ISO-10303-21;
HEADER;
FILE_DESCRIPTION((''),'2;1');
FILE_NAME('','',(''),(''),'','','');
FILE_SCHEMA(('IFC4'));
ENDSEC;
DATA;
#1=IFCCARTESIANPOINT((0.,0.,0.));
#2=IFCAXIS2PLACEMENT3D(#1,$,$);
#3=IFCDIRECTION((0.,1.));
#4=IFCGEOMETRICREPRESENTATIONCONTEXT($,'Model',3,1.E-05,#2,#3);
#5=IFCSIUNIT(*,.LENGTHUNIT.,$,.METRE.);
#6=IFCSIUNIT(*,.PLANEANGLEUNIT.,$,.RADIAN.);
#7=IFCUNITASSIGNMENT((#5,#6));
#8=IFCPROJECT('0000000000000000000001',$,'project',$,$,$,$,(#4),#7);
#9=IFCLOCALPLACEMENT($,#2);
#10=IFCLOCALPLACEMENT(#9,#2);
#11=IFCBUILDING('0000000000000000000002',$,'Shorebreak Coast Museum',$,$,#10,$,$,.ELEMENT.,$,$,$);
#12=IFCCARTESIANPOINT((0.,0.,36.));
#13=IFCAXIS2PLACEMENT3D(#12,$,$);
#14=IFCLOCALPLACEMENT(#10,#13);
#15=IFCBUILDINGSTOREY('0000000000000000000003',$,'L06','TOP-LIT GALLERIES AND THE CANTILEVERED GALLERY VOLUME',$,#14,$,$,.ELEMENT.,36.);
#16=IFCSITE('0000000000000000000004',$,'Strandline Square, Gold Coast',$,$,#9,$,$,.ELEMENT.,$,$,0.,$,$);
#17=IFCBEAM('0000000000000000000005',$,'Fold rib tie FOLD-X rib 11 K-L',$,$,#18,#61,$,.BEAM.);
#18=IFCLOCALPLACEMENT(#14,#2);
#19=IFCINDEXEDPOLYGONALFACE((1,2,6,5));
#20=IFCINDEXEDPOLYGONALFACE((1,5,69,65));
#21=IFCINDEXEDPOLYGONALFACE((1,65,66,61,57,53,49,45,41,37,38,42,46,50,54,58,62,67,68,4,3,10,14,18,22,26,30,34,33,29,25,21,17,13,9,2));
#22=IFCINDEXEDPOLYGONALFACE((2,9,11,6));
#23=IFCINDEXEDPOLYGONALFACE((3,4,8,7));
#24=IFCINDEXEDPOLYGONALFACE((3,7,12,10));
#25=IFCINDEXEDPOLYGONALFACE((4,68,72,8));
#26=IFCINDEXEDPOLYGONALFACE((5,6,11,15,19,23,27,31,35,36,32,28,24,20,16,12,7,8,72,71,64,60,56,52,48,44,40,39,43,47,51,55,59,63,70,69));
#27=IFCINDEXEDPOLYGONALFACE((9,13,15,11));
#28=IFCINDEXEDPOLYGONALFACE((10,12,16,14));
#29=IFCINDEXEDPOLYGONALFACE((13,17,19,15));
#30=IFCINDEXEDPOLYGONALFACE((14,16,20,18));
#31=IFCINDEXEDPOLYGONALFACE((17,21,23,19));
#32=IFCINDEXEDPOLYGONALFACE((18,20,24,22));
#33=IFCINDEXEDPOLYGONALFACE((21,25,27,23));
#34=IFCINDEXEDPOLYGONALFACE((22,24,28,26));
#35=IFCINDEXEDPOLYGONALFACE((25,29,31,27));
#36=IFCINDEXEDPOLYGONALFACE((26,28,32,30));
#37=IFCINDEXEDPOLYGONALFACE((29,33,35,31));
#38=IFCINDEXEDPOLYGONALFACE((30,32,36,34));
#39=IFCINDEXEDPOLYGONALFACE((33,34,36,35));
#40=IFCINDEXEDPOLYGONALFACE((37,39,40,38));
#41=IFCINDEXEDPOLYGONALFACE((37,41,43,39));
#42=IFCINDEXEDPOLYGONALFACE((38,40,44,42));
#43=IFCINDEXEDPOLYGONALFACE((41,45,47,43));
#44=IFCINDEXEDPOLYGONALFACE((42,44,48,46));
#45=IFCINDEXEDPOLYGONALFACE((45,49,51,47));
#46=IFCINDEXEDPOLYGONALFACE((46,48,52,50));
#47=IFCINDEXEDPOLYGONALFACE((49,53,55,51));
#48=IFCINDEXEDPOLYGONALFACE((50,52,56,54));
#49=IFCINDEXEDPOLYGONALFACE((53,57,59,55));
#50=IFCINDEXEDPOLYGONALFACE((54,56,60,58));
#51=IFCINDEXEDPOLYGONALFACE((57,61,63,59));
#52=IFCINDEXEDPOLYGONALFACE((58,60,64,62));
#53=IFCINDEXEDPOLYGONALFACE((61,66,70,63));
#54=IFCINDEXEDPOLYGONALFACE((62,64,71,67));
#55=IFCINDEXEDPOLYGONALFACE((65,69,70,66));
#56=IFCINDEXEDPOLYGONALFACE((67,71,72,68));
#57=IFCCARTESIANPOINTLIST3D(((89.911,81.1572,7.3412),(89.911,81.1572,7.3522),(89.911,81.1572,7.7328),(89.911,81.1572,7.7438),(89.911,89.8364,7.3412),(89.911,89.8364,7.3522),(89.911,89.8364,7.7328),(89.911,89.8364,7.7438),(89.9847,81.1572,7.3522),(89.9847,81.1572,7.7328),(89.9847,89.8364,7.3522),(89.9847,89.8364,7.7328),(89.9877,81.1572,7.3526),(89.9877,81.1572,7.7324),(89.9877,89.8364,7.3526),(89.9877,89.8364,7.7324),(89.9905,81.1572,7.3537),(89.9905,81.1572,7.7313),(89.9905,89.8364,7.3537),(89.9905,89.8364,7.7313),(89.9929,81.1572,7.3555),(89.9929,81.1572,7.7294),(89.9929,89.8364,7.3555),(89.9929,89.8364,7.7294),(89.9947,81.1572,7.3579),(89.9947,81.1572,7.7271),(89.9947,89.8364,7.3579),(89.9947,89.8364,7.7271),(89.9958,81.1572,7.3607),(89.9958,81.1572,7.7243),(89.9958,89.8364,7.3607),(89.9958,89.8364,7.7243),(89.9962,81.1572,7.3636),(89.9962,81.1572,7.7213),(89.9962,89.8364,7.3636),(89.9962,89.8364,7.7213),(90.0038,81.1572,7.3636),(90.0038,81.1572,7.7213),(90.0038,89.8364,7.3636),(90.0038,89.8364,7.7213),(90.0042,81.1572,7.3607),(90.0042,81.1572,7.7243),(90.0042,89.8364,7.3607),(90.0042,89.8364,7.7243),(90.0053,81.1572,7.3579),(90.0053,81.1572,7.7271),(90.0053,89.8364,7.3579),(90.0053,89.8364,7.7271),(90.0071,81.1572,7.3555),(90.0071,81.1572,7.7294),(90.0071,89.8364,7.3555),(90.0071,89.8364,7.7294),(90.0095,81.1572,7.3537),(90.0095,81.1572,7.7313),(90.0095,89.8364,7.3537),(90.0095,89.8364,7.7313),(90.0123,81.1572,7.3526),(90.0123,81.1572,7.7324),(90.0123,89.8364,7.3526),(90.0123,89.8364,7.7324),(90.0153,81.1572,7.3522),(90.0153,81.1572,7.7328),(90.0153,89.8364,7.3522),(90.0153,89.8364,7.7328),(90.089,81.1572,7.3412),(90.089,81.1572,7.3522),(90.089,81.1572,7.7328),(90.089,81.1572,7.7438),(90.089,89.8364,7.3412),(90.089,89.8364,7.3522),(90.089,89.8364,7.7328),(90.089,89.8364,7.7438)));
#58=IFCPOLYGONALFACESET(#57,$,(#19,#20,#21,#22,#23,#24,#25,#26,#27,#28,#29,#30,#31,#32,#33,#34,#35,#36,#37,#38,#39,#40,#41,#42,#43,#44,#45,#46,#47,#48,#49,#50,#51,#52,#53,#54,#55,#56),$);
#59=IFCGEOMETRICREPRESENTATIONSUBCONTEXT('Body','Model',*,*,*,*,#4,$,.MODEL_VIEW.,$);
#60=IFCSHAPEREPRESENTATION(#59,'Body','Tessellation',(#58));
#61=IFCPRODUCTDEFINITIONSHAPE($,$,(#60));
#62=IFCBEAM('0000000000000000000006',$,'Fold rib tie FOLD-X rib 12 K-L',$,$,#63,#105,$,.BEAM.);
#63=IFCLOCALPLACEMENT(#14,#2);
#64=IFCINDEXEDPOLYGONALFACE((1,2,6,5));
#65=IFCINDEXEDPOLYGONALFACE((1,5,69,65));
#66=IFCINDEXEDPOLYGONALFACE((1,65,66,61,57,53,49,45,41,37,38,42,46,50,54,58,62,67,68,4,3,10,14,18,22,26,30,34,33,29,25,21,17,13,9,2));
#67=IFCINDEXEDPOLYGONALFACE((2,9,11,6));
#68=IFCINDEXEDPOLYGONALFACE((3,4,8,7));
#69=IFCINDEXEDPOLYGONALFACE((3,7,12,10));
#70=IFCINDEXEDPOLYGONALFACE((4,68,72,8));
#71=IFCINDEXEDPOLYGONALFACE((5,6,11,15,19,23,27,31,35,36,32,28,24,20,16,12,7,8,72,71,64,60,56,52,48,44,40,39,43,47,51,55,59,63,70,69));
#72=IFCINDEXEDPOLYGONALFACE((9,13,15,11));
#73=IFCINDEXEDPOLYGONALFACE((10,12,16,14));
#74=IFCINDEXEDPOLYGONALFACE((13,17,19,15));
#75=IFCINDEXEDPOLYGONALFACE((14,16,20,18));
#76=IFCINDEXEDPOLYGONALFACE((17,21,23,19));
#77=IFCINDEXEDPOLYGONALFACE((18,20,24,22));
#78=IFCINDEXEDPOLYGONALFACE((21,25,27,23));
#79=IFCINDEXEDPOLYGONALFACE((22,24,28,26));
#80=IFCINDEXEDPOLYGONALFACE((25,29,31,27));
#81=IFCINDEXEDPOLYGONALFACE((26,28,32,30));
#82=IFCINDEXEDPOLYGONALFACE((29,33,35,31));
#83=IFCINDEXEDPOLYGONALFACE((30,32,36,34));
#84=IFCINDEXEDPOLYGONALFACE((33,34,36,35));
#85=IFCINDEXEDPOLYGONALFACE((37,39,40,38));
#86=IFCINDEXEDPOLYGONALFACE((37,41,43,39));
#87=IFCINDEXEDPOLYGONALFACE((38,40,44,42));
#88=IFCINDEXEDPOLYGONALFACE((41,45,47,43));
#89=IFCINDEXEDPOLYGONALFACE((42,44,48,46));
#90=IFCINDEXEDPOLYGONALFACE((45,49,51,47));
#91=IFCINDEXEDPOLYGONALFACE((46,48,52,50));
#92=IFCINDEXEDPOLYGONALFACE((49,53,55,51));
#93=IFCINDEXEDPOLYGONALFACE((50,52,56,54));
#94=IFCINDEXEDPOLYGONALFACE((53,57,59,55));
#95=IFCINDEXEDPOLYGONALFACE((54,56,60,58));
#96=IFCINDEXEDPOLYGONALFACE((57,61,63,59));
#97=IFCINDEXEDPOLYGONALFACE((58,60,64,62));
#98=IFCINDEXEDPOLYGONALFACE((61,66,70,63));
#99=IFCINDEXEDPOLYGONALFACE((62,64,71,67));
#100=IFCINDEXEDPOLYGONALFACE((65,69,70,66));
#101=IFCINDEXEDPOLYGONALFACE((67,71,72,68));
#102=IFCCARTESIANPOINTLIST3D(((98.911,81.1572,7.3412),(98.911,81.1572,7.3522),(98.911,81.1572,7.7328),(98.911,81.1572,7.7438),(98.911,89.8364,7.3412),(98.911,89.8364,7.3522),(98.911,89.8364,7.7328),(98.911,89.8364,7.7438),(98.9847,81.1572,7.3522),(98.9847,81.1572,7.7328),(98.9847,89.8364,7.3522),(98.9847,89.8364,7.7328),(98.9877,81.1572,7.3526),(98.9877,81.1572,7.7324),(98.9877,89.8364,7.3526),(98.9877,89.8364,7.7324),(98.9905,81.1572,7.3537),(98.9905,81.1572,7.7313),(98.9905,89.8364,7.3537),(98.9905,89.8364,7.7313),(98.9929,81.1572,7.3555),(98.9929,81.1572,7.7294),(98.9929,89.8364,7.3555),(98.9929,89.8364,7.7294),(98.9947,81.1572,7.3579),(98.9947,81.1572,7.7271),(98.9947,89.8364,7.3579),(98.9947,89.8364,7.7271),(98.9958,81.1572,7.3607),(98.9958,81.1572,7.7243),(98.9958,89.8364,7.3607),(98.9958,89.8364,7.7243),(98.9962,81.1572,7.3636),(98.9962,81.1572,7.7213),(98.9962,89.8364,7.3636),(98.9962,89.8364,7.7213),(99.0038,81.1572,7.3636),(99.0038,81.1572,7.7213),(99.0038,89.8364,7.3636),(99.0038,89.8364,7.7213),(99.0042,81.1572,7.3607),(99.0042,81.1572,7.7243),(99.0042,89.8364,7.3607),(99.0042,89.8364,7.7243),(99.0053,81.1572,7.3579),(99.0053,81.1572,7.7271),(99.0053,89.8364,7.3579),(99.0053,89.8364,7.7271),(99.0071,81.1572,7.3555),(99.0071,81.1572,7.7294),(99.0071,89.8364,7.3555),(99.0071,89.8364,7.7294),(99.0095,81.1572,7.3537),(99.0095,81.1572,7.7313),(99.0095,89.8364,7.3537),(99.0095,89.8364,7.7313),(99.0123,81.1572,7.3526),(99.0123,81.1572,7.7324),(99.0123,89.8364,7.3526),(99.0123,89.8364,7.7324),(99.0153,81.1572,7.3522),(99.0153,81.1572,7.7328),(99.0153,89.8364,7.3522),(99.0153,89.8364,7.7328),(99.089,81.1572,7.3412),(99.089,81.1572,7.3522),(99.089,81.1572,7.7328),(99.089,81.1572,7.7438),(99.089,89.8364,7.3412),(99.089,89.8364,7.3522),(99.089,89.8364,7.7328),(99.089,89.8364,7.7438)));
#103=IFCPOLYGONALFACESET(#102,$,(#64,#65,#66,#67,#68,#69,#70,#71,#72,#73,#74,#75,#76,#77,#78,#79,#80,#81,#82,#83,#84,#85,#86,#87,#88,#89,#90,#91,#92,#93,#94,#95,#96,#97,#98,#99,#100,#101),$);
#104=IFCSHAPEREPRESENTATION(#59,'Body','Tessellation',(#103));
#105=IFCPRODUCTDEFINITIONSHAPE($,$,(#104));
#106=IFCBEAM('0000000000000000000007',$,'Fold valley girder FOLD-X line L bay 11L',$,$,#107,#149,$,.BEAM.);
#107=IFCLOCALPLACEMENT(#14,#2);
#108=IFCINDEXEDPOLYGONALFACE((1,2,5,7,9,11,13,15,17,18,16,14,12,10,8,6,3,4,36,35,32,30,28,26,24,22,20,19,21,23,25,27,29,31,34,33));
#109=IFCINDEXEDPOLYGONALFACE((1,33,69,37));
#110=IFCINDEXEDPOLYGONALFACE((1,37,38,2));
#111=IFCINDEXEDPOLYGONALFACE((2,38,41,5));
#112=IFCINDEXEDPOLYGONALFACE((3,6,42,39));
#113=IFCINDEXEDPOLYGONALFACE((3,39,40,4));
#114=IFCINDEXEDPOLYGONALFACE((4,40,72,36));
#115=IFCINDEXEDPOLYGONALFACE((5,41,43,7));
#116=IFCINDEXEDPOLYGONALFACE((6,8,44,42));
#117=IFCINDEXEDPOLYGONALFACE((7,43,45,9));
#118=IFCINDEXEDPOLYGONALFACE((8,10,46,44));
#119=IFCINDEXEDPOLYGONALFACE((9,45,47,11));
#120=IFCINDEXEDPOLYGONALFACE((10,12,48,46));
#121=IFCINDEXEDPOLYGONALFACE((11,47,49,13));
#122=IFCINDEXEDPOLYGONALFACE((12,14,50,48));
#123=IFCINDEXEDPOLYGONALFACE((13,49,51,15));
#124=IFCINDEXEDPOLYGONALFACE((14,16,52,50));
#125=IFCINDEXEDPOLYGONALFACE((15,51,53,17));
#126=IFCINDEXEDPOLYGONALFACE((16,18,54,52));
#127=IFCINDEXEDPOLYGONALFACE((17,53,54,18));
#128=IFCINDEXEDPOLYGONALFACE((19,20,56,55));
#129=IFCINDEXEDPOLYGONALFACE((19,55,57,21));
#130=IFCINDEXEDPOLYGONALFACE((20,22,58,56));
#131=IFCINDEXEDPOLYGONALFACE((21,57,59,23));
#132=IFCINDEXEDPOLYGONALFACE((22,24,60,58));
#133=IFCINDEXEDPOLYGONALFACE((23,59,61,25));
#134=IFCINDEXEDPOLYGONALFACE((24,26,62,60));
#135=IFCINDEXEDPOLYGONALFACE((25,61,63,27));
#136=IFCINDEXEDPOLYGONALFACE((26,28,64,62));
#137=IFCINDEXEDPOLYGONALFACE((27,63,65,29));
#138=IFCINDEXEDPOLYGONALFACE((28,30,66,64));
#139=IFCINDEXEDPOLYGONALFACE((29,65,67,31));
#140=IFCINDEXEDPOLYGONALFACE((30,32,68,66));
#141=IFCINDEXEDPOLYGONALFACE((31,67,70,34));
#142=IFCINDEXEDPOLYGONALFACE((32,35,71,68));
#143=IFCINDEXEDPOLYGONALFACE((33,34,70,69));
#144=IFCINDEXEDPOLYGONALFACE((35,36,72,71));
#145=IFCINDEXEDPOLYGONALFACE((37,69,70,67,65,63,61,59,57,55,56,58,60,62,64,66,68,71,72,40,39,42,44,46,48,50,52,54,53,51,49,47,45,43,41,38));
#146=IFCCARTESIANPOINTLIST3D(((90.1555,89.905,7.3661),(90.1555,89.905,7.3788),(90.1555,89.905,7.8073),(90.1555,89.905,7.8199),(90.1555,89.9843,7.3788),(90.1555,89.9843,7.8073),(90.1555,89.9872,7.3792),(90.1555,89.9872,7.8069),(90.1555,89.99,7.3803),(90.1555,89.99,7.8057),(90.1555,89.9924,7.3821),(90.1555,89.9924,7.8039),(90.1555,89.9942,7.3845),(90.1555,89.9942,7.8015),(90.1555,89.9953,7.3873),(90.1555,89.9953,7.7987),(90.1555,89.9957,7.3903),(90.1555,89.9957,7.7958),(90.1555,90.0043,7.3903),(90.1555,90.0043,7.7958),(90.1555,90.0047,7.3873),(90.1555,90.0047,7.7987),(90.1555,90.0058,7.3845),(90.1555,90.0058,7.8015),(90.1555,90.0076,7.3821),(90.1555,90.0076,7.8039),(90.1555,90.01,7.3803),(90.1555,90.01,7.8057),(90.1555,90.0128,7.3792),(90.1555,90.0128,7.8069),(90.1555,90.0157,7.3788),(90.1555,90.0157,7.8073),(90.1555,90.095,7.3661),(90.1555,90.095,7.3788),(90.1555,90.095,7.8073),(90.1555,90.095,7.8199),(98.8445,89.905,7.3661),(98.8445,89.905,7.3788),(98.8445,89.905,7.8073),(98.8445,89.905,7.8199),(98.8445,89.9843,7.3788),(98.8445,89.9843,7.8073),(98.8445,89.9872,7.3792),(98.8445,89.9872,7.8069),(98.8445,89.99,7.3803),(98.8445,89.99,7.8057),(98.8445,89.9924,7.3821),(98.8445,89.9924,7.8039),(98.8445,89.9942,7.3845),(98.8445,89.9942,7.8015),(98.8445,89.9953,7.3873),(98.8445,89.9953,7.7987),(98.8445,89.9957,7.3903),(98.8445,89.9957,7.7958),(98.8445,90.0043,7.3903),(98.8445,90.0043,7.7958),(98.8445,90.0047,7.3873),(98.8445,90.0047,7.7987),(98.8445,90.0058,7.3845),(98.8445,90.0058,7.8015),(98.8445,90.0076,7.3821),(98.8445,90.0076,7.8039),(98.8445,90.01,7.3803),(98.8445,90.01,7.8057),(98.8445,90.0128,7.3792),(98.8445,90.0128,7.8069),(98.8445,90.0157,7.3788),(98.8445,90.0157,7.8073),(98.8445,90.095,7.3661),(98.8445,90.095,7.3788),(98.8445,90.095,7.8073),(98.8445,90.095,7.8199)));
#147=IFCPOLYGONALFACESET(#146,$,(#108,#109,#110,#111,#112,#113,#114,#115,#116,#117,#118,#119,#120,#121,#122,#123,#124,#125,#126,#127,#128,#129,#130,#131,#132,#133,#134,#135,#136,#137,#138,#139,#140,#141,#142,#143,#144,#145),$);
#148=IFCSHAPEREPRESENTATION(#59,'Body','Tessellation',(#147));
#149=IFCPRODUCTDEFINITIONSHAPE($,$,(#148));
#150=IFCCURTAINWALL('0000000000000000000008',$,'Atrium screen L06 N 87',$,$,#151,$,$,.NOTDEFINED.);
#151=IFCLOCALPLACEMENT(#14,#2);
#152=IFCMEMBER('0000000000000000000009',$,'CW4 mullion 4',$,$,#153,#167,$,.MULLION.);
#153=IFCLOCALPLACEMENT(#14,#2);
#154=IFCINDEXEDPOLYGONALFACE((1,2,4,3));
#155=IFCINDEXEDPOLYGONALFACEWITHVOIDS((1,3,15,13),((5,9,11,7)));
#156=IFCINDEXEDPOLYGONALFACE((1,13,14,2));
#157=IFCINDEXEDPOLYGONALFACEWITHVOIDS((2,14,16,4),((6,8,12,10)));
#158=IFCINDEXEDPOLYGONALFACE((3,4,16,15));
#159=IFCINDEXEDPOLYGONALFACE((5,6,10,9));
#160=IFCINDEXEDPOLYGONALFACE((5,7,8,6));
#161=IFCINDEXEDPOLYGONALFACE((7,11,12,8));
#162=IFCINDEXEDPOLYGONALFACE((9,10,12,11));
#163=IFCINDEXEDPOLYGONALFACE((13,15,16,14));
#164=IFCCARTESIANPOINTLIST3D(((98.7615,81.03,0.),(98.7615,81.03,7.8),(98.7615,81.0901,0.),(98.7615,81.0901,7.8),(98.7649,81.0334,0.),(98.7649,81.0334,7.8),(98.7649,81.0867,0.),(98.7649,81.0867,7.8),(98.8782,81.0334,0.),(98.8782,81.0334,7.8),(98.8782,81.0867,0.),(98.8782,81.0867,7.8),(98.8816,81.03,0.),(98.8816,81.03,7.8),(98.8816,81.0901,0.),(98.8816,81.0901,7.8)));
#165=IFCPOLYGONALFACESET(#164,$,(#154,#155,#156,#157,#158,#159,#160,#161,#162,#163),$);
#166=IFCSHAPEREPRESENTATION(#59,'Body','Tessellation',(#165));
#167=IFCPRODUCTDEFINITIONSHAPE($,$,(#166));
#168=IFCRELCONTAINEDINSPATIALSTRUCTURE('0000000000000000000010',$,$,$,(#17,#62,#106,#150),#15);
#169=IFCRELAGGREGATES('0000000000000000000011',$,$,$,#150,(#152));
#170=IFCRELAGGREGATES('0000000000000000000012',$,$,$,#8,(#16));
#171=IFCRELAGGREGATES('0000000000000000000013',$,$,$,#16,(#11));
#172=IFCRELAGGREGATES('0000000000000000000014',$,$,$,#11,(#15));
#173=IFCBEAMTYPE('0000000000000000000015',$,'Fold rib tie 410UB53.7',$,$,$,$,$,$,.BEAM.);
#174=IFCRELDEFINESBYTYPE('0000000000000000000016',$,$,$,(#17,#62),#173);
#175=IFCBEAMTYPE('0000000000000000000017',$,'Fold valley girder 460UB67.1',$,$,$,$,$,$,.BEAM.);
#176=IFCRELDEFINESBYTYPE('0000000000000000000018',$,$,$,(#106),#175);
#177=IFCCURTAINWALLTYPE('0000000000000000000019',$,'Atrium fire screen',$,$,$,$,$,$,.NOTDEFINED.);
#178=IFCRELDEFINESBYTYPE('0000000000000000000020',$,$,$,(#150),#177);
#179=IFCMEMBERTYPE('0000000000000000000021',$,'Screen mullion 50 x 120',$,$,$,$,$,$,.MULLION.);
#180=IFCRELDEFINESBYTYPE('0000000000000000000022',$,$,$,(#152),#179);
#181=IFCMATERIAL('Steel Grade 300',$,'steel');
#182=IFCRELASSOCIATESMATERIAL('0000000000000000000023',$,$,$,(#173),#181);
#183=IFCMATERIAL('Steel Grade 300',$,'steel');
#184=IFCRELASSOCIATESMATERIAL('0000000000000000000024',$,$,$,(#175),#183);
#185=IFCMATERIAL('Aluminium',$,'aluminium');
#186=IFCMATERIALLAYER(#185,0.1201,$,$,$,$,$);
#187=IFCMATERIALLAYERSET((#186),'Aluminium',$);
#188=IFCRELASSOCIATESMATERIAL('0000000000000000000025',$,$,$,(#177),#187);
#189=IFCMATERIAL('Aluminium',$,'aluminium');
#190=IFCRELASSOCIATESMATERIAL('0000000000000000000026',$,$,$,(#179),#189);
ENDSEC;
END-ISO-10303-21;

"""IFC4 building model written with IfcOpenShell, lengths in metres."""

from ifc_helpers import new_model, si_unit, direction, frame, origin, origin_2d, place, context, subcontext, project, spatial, hollow_rectangle, i_section, extrude, material, layer, layer_set, material_profile, profile_set, type_object, element, aggregate, save


model = new_model("IFC4")

# Units and contexts
model_context = context("Model", 3, precision=1e-05, world=origin(), true_north=direction((0.0, 1.0)))
body_context = subcontext(model_context, "Body", "Model", "MODEL_VIEW")
ifc_project = project(units=[si_unit("LENGTHUNIT", "METRE"), si_unit("PLANEANGLEUNIT", "RADIAN")], contexts=[model_context])

# Site, building, storey
site_placement = place(None, origin())
site = spatial("IfcSite", under=ifc_project, at=site_placement, Name="Strandline Square, Gold Coast", CompositionType="ELEMENT", RefElevation=0.0)
building_placement = place(site_placement, origin())
building = spatial("IfcBuilding", under=site, at=building_placement, Name="Shorebreak Coast Museum", CompositionType="ELEMENT")
storey_placement = place(building_placement, frame((0.0, 0.0, 36.0)))
storey = spatial("IfcBuildingStorey", under=building, at=storey_placement, Name="L06", Description="TOP-LIT GALLERIES AND THE CANTILEVERED GALLERY VOLUME", CompositionType="ELEMENT", Elevation=36.0)

# Beams
ifc_material_1 = material(Name="Steel Grade 300", Category="steel")
ifc_material_profile_1 = material_profile(ifc_material_1, i_section(OverallWidth=0.178, OverallDepth=0.4026, WebThickness=0.0076, FlangeThickness=0.011, FilletRadius=0.0115, at=origin_2d()), Name="410UB53.7")
ifc_profile_set_1 = profile_set([ifc_material_profile_1], Name="Steel Grade 300")
beam_type_1 = type_object("IfcBeamType", Name="Fold rib tie 410UB53.7", PredefinedType="BEAM", material=ifc_profile_set_1)
for number, where, z_axis, x_axis, name in (
    (1, (90.0, 81.1572, 7.5425), (0.0, 1.0, 0.0), (-1.0, 0.0, 0.0), "Fold rib tie FOLD-X rib 11 K-L"),
    (2, (99.0, 81.1572, 7.5425), (0.0, 1.0, 0.0), (-1.0, 0.0, 0.0), "Fold rib tie FOLD-X rib 12 K-L"),
):
    element("IfcBeam", number, at=place(storey_placement, frame(where, z_axis=z_axis, x_axis=x_axis)), inside=storey, type_object=beam_type_1, Name=name, PredefinedType="BEAM", context=body_context, shape_type="SweptSolid", body=[
        extrude(i_section(OverallWidth=0.178, OverallDepth=0.4026, WebThickness=0.0076, FlangeThickness=0.011, FilletRadius=0.0115, at=origin_2d()), origin(), (0.0, 0.0, 1.0), 8.6792),
    ])
ifc_material_2 = material(Name="Steel Grade 300", Category="steel")
ifc_material_profile_2 = material_profile(ifc_material_2, i_section(OverallWidth=0.1899, OverallDepth=0.4539, WebThickness=0.0085, FlangeThickness=0.0127, FilletRadius=0.0115, at=origin_2d()), Name="460UB67.1")
ifc_profile_set_2 = profile_set([ifc_material_profile_2], Name="Steel Grade 300")
beam_type_2 = type_object("IfcBeamType", Name="Fold valley girder 460UB67.1", PredefinedType="BEAM", material=ifc_profile_set_2)
beam_1_placement = place(storey_placement, frame((90.1555, 90.0, 7.593), z_axis=(1.0, 0.0, 0.0), x_axis=(0.0, 1.0, 0.0)))
element("IfcBeam", 3, at=beam_1_placement, inside=storey, type_object=beam_type_2, Name="Fold valley girder FOLD-X line L bay 11L", PredefinedType="BEAM", context=body_context, shape_type="SweptSolid", body=[
    extrude(i_section(OverallWidth=0.1899, OverallDepth=0.4539, WebThickness=0.0085, FlangeThickness=0.0127, FilletRadius=0.0115, at=origin_2d()), origin(), (0.0, 0.0, 1.0), 8.689),
])

# Curtain wall, member
ifc_material_3 = material(Name="Aluminium", Category="aluminium")
ifc_layer_1 = layer(ifc_material_3, 0.1201)
ifc_layer_set_1 = layer_set([ifc_layer_1], Name="Aluminium")
curtain_wall_type = type_object("IfcCurtainWallType", Name="Atrium fire screen", PredefinedType="NOTDEFINED", material=ifc_layer_set_1)
curtain_wall_placement = place(storey_placement, origin())
curtain_wall = element("IfcCurtainWall", 4, at=curtain_wall_placement, inside=storey, type_object=curtain_wall_type, Name="Atrium screen L06 N 87", PredefinedType="NOTDEFINED")
ifc_material_4 = material(Name="Aluminium", Category="aluminium")
ifc_material_profile_3 = material_profile(ifc_material_4, hollow_rectangle(XDim=0.0601, YDim=0.1201, WallThickness=0.0034, at=origin_2d()), Name="AL 120x60 RHS")
ifc_profile_set_3 = profile_set([ifc_material_profile_3], Name="Aluminium")
member_type_1 = type_object("IfcMemberType", Name="Screen mullion 50 x 120", PredefinedType="MULLION", material=ifc_profile_set_3)
member_placement = place(storey_placement, frame((98.8215, 81.0601, 0.0), z_axis=(0.0, 0.0, 1.0), x_axis=(0.0, 1.0, 0.0)))
member = element("IfcMember", 5, at=member_placement, type_object=member_type_1, Name="CW4 mullion 4", PredefinedType="MULLION", context=body_context, shape_type="SweptSolid", body=[
    extrude(hollow_rectangle(XDim=0.0601, YDim=0.1201, WallThickness=0.0034, at=origin_2d()), origin(), (0.0, 0.0, 1.0), 7.8),
])

aggregate(curtain_wall, [member])

save(model, "model.ifc")
